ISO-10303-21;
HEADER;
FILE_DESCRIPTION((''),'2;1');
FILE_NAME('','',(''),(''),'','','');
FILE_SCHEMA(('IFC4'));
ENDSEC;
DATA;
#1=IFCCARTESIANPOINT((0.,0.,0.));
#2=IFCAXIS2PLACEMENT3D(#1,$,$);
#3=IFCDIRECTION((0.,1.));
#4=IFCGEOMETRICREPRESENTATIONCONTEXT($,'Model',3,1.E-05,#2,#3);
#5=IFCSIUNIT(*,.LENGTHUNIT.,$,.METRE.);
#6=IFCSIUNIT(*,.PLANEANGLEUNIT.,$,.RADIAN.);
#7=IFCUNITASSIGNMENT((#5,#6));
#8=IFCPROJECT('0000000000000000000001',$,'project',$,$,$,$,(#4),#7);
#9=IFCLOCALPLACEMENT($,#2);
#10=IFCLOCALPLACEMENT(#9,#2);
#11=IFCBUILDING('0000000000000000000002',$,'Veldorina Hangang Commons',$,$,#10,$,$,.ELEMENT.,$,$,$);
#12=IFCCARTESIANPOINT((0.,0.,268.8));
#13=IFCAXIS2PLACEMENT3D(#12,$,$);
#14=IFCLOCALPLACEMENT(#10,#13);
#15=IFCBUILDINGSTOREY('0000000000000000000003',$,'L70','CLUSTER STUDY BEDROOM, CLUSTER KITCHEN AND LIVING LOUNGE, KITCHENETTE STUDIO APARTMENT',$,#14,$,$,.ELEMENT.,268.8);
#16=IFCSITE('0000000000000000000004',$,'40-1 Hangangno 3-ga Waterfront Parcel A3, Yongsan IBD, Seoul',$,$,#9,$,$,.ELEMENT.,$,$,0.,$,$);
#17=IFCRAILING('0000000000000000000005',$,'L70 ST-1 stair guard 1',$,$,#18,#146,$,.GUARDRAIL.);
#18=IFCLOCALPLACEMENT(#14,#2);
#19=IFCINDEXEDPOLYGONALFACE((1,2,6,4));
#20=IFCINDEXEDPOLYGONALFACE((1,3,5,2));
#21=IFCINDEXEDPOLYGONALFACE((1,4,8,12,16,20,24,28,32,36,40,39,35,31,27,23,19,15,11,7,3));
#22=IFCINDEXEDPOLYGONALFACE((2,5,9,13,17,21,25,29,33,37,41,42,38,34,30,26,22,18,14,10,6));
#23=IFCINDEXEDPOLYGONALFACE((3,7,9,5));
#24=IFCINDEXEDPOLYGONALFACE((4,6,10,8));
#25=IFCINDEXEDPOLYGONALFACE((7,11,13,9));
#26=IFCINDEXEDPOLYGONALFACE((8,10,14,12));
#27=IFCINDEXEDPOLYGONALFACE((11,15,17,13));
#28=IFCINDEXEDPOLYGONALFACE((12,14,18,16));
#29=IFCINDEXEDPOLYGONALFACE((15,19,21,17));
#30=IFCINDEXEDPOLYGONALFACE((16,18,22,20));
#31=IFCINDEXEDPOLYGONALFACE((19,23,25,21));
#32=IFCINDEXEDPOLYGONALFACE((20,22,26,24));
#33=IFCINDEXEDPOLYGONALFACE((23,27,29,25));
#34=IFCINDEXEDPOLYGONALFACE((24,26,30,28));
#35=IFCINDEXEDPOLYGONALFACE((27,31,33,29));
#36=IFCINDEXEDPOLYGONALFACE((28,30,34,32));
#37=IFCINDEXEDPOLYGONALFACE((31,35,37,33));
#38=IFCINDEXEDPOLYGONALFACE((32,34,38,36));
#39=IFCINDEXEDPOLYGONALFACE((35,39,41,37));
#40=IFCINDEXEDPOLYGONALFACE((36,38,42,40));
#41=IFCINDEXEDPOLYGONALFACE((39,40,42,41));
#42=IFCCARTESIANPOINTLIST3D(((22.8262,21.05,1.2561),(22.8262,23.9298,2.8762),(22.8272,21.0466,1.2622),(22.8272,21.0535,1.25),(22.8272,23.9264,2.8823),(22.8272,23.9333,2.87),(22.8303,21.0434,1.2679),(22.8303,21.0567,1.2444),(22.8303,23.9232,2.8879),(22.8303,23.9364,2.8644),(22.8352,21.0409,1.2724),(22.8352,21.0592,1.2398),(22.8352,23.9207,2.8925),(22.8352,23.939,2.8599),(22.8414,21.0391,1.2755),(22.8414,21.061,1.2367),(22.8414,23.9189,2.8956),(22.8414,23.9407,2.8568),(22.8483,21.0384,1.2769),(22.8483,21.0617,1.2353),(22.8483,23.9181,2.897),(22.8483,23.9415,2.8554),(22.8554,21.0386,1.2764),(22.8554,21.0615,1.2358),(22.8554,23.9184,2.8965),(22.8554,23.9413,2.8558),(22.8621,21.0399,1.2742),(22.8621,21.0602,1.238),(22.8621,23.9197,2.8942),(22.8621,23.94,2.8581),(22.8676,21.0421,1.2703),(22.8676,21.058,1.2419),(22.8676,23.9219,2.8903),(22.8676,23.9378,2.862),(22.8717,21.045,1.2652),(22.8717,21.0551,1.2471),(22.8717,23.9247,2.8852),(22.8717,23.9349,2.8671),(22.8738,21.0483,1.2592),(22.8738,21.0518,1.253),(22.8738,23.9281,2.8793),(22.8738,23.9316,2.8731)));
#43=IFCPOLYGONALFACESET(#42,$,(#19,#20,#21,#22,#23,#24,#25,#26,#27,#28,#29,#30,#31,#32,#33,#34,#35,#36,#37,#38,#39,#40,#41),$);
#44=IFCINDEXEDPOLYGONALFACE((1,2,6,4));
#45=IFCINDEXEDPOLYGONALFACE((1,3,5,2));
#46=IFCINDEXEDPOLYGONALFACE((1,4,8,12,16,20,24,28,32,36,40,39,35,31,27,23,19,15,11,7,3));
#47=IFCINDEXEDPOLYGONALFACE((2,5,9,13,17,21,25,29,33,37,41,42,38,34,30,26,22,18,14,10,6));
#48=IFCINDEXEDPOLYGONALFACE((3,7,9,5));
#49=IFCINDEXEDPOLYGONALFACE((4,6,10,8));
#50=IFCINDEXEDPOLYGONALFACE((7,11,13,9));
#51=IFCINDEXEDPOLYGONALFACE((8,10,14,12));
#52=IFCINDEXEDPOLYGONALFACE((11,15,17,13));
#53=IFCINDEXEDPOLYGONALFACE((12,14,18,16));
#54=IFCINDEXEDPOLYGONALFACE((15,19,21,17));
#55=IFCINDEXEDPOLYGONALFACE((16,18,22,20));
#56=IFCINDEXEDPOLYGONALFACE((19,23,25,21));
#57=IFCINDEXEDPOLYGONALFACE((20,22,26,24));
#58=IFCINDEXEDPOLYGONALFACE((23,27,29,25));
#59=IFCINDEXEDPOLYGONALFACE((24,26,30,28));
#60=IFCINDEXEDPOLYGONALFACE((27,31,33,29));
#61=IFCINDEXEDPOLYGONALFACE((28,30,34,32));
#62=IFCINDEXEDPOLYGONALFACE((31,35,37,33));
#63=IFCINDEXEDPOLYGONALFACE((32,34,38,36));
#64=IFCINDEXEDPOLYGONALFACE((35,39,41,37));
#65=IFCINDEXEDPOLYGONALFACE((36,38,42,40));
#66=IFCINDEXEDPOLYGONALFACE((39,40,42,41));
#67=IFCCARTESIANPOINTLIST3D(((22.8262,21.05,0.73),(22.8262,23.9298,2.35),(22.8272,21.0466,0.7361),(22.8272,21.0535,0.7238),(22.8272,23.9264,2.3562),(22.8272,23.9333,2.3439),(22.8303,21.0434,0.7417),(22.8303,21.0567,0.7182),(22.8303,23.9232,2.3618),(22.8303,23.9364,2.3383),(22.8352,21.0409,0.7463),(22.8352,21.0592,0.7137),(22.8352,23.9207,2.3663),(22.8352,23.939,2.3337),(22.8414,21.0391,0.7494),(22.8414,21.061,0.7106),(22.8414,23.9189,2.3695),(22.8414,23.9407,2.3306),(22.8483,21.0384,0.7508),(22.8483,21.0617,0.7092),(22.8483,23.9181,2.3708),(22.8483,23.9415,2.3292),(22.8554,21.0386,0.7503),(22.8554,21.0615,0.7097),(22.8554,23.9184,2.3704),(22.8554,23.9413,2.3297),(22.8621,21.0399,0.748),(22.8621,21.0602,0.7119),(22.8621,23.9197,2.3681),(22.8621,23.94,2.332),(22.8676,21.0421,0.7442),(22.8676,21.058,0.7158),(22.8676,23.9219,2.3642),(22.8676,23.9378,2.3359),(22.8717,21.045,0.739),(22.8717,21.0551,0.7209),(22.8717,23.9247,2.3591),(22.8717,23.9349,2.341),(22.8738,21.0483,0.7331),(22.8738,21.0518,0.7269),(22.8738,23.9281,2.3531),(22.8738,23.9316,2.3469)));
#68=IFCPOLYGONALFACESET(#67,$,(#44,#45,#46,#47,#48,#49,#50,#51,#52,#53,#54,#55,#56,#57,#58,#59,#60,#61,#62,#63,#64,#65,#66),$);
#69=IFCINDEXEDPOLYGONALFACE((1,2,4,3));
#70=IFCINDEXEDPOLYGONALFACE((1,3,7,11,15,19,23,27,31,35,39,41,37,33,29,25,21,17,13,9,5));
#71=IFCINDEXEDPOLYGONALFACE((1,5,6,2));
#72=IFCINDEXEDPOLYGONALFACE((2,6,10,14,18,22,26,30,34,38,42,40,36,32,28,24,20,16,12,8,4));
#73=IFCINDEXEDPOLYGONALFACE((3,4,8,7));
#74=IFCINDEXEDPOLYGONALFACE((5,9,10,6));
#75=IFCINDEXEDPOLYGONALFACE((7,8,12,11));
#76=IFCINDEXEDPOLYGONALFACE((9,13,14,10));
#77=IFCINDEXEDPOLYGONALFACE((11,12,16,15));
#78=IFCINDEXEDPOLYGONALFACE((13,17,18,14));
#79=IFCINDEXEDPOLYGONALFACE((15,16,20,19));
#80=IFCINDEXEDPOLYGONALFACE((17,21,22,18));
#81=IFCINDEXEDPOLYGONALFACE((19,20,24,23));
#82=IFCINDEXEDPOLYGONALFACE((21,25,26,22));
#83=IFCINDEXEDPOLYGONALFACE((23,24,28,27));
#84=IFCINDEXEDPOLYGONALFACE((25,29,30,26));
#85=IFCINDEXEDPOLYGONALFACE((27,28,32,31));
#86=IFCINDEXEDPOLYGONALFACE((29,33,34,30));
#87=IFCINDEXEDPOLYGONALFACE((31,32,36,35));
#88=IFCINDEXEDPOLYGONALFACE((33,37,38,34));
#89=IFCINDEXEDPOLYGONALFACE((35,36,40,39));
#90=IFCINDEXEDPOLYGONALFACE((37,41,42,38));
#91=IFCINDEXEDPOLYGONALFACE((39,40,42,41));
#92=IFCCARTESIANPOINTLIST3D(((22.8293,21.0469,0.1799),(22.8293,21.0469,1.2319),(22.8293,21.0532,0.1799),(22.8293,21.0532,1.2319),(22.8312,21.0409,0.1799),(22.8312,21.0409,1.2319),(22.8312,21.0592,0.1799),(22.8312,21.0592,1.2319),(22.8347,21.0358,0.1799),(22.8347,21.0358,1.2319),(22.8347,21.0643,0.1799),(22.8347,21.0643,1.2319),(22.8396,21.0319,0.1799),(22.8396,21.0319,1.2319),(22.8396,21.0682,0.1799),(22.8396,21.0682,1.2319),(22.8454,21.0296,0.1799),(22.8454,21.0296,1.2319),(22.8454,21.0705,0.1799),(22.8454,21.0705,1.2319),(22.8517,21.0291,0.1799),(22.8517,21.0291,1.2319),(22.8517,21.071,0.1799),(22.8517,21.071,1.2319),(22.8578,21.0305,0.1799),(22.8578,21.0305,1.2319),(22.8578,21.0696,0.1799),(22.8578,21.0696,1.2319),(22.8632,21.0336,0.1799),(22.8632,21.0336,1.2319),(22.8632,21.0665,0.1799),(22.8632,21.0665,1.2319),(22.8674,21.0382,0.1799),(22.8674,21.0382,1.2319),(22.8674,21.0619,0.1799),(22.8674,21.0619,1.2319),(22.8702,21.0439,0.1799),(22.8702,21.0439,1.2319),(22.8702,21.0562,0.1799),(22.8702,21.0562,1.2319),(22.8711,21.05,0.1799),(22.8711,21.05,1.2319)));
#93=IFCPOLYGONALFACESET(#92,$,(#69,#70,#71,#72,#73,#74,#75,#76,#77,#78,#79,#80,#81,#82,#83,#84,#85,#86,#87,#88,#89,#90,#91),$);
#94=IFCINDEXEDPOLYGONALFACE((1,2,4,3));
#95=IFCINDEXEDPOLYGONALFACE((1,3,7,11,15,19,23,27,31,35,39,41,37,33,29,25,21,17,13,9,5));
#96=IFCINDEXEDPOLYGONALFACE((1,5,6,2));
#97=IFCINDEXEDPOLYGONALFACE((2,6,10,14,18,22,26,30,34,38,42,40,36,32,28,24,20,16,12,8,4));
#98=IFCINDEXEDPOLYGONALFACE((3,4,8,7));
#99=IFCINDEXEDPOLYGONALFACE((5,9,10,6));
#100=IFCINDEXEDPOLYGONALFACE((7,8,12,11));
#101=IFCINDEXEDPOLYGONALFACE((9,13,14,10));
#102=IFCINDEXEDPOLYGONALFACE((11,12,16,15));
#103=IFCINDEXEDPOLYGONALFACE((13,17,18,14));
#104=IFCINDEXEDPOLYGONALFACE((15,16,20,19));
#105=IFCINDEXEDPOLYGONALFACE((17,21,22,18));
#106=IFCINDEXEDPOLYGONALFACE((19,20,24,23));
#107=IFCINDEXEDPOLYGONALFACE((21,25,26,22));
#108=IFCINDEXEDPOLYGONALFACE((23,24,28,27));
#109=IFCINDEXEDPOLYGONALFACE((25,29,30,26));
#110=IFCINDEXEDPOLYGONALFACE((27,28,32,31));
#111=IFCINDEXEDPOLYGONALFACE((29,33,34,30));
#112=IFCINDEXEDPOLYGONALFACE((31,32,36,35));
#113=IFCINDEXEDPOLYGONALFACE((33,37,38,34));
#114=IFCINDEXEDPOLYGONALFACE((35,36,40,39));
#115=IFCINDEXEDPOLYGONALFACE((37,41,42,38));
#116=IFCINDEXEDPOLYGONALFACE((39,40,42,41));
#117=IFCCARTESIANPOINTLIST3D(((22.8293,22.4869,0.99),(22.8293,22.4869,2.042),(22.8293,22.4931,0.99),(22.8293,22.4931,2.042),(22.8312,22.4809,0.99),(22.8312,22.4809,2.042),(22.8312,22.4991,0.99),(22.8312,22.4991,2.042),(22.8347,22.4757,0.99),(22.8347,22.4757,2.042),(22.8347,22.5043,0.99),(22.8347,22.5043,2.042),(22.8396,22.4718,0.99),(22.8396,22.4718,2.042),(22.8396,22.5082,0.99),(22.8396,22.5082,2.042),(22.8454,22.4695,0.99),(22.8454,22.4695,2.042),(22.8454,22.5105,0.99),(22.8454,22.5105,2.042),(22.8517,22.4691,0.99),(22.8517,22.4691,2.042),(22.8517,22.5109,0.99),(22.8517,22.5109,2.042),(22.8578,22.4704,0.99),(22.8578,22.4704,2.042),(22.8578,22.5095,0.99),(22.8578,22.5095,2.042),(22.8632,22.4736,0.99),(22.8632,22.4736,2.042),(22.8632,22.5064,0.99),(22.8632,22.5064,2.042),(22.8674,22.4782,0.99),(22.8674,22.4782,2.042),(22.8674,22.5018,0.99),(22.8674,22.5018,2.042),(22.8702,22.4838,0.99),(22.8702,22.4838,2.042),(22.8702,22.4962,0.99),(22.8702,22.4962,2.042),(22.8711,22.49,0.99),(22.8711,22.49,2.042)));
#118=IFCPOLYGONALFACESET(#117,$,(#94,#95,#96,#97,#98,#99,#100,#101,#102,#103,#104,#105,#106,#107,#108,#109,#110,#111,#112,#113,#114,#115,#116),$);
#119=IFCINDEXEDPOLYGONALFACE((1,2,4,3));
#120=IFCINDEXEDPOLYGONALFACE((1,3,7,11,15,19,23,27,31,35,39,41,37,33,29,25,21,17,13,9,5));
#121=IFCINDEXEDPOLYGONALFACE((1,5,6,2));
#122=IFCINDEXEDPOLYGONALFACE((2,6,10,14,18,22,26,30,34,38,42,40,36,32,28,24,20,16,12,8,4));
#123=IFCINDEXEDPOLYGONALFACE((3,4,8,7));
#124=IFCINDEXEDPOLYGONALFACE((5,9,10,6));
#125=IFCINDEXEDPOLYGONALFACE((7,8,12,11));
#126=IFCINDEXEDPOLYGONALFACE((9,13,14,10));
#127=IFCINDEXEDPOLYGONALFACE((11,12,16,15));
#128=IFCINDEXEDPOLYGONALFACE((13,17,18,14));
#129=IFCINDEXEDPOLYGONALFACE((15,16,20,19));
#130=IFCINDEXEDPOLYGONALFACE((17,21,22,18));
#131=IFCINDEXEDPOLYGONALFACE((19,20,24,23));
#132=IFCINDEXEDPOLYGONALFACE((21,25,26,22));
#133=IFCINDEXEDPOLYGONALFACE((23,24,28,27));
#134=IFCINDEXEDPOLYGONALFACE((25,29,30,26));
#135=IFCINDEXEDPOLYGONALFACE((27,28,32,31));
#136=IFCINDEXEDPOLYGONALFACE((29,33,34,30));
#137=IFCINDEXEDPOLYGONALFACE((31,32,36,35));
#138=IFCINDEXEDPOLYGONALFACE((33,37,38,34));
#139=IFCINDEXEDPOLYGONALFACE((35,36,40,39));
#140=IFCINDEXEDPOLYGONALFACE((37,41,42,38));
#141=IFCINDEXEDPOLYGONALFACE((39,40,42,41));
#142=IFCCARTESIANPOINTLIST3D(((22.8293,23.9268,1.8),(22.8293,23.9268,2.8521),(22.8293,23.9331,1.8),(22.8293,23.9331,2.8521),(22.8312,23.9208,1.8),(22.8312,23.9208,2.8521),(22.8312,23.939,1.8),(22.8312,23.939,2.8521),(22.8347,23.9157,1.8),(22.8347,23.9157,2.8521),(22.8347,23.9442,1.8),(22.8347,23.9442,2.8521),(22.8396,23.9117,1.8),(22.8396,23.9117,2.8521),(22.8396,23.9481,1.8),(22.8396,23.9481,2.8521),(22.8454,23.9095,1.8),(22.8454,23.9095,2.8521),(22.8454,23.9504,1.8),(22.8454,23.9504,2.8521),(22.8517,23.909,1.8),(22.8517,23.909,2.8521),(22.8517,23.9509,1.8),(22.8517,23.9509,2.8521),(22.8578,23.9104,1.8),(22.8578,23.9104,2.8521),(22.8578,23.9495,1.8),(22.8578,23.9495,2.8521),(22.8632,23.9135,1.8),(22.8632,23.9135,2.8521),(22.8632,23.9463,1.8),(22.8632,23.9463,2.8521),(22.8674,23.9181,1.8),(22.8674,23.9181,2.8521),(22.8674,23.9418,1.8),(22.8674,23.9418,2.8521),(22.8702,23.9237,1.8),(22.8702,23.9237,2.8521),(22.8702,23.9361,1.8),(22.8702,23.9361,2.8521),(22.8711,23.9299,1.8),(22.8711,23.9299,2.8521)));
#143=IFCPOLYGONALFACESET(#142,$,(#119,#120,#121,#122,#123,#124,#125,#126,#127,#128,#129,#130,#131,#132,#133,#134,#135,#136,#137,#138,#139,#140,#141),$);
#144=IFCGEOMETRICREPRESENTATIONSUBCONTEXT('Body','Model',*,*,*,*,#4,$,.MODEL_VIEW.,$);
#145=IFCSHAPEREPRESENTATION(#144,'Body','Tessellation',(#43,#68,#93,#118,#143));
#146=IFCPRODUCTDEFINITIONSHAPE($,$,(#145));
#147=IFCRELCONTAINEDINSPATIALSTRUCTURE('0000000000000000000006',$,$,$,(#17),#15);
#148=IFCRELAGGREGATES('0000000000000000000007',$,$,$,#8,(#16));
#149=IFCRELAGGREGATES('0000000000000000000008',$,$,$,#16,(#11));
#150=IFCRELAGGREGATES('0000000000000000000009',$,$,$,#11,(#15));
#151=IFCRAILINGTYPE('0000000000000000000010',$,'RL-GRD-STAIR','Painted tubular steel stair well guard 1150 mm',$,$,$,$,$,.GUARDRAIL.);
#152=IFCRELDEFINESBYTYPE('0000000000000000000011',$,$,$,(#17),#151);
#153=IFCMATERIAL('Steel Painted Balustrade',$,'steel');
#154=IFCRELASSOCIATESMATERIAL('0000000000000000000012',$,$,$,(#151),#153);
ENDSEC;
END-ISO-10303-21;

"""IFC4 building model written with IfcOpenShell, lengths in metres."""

from ifc_helpers import new_model, si_unit, direction, frame, origin, origin_2d, place, context, subcontext, project, spatial, circle, extrude, material, type_object, element, save


model = new_model("IFC4")

# Units and contexts
model_context = context("Model", 3, precision=1e-05, world=origin(), true_north=direction((0.0, 1.0)))
body_context = subcontext(model_context, "Body", "Model", "MODEL_VIEW")
ifc_project = project(units=[si_unit("LENGTHUNIT", "METRE"), si_unit("PLANEANGLEUNIT", "RADIAN")], contexts=[model_context])

# Site, building, storey
site_placement = place(None, origin())
site = spatial("IfcSite", under=ifc_project, at=site_placement, Name="40-1 Hangangno 3-ga Waterfront Parcel A3, Yongsan IBD, Seoul", CompositionType="ELEMENT", RefElevation=0.0)
building_placement = place(site_placement, origin())
building = spatial("IfcBuilding", under=site, at=building_placement, Name="Veldorina Hangang Commons", CompositionType="ELEMENT")
storey_placement = place(building_placement, frame((0.0, 0.0, 268.8)))
storey = spatial("IfcBuildingStorey", under=building, at=storey_placement, Name="L70", Description="CLUSTER STUDY BEDROOM, CLUSTER KITCHEN AND LIVING LOUNGE, KITCHENETTE STUDIO APARTMENT", CompositionType="ELEMENT", Elevation=268.8)

# Railing
ifc_material_1 = material(Name="Steel Painted Balustrade", Category="steel")
railing_type_1 = type_object("IfcRailingType", Name="RL-GRD-STAIR", Description="Painted tubular steel stair well guard 1150 mm", PredefinedType="GUARDRAIL", material=ifc_material_1)
railing_1_placement = place(storey_placement, frame((22.8501, 21.05, 0.1799)))
element("IfcRailing", 1, at=railing_1_placement, inside=storey, type_object=railing_type_1, Name="L70 ST-1 stair guard 1", PredefinedType="GUARDRAIL", context=body_context, shape_type="SweptSolid", body=[
    extrude(circle(Radius=0.0239, at=origin_2d()), frame((0.0, 0.0, 1.0762), z_axis=(0.0, 0.871552, 0.490303), x_axis=(-1.0, 0.0, 0.0)), (0.0, 0.0, 1.0), 3.3042),
    extrude(circle(Radius=0.0239, at=origin_2d()), frame((0.0, 0.0, 0.55), z_axis=(0.0, 0.871552, 0.490303), x_axis=(-1.0, 0.0, 0.0)), (0.0, 0.0, 1.0), 3.3042),
    extrude(circle(Radius=0.021, at=origin_2d()), origin(), (0.0, 0.0, 1.0), 1.052),
    extrude(circle(Radius=0.021, at=origin_2d()), frame((0.0, 1.4399, 0.8101)), (0.0, 0.0, 1.0), 1.052),
    extrude(circle(Radius=0.021, at=origin_2d()), frame((0.0, 2.8799, 1.6201)), (0.0, 0.0, 1.0), 1.052),
])

save(model, "model.ifc")
